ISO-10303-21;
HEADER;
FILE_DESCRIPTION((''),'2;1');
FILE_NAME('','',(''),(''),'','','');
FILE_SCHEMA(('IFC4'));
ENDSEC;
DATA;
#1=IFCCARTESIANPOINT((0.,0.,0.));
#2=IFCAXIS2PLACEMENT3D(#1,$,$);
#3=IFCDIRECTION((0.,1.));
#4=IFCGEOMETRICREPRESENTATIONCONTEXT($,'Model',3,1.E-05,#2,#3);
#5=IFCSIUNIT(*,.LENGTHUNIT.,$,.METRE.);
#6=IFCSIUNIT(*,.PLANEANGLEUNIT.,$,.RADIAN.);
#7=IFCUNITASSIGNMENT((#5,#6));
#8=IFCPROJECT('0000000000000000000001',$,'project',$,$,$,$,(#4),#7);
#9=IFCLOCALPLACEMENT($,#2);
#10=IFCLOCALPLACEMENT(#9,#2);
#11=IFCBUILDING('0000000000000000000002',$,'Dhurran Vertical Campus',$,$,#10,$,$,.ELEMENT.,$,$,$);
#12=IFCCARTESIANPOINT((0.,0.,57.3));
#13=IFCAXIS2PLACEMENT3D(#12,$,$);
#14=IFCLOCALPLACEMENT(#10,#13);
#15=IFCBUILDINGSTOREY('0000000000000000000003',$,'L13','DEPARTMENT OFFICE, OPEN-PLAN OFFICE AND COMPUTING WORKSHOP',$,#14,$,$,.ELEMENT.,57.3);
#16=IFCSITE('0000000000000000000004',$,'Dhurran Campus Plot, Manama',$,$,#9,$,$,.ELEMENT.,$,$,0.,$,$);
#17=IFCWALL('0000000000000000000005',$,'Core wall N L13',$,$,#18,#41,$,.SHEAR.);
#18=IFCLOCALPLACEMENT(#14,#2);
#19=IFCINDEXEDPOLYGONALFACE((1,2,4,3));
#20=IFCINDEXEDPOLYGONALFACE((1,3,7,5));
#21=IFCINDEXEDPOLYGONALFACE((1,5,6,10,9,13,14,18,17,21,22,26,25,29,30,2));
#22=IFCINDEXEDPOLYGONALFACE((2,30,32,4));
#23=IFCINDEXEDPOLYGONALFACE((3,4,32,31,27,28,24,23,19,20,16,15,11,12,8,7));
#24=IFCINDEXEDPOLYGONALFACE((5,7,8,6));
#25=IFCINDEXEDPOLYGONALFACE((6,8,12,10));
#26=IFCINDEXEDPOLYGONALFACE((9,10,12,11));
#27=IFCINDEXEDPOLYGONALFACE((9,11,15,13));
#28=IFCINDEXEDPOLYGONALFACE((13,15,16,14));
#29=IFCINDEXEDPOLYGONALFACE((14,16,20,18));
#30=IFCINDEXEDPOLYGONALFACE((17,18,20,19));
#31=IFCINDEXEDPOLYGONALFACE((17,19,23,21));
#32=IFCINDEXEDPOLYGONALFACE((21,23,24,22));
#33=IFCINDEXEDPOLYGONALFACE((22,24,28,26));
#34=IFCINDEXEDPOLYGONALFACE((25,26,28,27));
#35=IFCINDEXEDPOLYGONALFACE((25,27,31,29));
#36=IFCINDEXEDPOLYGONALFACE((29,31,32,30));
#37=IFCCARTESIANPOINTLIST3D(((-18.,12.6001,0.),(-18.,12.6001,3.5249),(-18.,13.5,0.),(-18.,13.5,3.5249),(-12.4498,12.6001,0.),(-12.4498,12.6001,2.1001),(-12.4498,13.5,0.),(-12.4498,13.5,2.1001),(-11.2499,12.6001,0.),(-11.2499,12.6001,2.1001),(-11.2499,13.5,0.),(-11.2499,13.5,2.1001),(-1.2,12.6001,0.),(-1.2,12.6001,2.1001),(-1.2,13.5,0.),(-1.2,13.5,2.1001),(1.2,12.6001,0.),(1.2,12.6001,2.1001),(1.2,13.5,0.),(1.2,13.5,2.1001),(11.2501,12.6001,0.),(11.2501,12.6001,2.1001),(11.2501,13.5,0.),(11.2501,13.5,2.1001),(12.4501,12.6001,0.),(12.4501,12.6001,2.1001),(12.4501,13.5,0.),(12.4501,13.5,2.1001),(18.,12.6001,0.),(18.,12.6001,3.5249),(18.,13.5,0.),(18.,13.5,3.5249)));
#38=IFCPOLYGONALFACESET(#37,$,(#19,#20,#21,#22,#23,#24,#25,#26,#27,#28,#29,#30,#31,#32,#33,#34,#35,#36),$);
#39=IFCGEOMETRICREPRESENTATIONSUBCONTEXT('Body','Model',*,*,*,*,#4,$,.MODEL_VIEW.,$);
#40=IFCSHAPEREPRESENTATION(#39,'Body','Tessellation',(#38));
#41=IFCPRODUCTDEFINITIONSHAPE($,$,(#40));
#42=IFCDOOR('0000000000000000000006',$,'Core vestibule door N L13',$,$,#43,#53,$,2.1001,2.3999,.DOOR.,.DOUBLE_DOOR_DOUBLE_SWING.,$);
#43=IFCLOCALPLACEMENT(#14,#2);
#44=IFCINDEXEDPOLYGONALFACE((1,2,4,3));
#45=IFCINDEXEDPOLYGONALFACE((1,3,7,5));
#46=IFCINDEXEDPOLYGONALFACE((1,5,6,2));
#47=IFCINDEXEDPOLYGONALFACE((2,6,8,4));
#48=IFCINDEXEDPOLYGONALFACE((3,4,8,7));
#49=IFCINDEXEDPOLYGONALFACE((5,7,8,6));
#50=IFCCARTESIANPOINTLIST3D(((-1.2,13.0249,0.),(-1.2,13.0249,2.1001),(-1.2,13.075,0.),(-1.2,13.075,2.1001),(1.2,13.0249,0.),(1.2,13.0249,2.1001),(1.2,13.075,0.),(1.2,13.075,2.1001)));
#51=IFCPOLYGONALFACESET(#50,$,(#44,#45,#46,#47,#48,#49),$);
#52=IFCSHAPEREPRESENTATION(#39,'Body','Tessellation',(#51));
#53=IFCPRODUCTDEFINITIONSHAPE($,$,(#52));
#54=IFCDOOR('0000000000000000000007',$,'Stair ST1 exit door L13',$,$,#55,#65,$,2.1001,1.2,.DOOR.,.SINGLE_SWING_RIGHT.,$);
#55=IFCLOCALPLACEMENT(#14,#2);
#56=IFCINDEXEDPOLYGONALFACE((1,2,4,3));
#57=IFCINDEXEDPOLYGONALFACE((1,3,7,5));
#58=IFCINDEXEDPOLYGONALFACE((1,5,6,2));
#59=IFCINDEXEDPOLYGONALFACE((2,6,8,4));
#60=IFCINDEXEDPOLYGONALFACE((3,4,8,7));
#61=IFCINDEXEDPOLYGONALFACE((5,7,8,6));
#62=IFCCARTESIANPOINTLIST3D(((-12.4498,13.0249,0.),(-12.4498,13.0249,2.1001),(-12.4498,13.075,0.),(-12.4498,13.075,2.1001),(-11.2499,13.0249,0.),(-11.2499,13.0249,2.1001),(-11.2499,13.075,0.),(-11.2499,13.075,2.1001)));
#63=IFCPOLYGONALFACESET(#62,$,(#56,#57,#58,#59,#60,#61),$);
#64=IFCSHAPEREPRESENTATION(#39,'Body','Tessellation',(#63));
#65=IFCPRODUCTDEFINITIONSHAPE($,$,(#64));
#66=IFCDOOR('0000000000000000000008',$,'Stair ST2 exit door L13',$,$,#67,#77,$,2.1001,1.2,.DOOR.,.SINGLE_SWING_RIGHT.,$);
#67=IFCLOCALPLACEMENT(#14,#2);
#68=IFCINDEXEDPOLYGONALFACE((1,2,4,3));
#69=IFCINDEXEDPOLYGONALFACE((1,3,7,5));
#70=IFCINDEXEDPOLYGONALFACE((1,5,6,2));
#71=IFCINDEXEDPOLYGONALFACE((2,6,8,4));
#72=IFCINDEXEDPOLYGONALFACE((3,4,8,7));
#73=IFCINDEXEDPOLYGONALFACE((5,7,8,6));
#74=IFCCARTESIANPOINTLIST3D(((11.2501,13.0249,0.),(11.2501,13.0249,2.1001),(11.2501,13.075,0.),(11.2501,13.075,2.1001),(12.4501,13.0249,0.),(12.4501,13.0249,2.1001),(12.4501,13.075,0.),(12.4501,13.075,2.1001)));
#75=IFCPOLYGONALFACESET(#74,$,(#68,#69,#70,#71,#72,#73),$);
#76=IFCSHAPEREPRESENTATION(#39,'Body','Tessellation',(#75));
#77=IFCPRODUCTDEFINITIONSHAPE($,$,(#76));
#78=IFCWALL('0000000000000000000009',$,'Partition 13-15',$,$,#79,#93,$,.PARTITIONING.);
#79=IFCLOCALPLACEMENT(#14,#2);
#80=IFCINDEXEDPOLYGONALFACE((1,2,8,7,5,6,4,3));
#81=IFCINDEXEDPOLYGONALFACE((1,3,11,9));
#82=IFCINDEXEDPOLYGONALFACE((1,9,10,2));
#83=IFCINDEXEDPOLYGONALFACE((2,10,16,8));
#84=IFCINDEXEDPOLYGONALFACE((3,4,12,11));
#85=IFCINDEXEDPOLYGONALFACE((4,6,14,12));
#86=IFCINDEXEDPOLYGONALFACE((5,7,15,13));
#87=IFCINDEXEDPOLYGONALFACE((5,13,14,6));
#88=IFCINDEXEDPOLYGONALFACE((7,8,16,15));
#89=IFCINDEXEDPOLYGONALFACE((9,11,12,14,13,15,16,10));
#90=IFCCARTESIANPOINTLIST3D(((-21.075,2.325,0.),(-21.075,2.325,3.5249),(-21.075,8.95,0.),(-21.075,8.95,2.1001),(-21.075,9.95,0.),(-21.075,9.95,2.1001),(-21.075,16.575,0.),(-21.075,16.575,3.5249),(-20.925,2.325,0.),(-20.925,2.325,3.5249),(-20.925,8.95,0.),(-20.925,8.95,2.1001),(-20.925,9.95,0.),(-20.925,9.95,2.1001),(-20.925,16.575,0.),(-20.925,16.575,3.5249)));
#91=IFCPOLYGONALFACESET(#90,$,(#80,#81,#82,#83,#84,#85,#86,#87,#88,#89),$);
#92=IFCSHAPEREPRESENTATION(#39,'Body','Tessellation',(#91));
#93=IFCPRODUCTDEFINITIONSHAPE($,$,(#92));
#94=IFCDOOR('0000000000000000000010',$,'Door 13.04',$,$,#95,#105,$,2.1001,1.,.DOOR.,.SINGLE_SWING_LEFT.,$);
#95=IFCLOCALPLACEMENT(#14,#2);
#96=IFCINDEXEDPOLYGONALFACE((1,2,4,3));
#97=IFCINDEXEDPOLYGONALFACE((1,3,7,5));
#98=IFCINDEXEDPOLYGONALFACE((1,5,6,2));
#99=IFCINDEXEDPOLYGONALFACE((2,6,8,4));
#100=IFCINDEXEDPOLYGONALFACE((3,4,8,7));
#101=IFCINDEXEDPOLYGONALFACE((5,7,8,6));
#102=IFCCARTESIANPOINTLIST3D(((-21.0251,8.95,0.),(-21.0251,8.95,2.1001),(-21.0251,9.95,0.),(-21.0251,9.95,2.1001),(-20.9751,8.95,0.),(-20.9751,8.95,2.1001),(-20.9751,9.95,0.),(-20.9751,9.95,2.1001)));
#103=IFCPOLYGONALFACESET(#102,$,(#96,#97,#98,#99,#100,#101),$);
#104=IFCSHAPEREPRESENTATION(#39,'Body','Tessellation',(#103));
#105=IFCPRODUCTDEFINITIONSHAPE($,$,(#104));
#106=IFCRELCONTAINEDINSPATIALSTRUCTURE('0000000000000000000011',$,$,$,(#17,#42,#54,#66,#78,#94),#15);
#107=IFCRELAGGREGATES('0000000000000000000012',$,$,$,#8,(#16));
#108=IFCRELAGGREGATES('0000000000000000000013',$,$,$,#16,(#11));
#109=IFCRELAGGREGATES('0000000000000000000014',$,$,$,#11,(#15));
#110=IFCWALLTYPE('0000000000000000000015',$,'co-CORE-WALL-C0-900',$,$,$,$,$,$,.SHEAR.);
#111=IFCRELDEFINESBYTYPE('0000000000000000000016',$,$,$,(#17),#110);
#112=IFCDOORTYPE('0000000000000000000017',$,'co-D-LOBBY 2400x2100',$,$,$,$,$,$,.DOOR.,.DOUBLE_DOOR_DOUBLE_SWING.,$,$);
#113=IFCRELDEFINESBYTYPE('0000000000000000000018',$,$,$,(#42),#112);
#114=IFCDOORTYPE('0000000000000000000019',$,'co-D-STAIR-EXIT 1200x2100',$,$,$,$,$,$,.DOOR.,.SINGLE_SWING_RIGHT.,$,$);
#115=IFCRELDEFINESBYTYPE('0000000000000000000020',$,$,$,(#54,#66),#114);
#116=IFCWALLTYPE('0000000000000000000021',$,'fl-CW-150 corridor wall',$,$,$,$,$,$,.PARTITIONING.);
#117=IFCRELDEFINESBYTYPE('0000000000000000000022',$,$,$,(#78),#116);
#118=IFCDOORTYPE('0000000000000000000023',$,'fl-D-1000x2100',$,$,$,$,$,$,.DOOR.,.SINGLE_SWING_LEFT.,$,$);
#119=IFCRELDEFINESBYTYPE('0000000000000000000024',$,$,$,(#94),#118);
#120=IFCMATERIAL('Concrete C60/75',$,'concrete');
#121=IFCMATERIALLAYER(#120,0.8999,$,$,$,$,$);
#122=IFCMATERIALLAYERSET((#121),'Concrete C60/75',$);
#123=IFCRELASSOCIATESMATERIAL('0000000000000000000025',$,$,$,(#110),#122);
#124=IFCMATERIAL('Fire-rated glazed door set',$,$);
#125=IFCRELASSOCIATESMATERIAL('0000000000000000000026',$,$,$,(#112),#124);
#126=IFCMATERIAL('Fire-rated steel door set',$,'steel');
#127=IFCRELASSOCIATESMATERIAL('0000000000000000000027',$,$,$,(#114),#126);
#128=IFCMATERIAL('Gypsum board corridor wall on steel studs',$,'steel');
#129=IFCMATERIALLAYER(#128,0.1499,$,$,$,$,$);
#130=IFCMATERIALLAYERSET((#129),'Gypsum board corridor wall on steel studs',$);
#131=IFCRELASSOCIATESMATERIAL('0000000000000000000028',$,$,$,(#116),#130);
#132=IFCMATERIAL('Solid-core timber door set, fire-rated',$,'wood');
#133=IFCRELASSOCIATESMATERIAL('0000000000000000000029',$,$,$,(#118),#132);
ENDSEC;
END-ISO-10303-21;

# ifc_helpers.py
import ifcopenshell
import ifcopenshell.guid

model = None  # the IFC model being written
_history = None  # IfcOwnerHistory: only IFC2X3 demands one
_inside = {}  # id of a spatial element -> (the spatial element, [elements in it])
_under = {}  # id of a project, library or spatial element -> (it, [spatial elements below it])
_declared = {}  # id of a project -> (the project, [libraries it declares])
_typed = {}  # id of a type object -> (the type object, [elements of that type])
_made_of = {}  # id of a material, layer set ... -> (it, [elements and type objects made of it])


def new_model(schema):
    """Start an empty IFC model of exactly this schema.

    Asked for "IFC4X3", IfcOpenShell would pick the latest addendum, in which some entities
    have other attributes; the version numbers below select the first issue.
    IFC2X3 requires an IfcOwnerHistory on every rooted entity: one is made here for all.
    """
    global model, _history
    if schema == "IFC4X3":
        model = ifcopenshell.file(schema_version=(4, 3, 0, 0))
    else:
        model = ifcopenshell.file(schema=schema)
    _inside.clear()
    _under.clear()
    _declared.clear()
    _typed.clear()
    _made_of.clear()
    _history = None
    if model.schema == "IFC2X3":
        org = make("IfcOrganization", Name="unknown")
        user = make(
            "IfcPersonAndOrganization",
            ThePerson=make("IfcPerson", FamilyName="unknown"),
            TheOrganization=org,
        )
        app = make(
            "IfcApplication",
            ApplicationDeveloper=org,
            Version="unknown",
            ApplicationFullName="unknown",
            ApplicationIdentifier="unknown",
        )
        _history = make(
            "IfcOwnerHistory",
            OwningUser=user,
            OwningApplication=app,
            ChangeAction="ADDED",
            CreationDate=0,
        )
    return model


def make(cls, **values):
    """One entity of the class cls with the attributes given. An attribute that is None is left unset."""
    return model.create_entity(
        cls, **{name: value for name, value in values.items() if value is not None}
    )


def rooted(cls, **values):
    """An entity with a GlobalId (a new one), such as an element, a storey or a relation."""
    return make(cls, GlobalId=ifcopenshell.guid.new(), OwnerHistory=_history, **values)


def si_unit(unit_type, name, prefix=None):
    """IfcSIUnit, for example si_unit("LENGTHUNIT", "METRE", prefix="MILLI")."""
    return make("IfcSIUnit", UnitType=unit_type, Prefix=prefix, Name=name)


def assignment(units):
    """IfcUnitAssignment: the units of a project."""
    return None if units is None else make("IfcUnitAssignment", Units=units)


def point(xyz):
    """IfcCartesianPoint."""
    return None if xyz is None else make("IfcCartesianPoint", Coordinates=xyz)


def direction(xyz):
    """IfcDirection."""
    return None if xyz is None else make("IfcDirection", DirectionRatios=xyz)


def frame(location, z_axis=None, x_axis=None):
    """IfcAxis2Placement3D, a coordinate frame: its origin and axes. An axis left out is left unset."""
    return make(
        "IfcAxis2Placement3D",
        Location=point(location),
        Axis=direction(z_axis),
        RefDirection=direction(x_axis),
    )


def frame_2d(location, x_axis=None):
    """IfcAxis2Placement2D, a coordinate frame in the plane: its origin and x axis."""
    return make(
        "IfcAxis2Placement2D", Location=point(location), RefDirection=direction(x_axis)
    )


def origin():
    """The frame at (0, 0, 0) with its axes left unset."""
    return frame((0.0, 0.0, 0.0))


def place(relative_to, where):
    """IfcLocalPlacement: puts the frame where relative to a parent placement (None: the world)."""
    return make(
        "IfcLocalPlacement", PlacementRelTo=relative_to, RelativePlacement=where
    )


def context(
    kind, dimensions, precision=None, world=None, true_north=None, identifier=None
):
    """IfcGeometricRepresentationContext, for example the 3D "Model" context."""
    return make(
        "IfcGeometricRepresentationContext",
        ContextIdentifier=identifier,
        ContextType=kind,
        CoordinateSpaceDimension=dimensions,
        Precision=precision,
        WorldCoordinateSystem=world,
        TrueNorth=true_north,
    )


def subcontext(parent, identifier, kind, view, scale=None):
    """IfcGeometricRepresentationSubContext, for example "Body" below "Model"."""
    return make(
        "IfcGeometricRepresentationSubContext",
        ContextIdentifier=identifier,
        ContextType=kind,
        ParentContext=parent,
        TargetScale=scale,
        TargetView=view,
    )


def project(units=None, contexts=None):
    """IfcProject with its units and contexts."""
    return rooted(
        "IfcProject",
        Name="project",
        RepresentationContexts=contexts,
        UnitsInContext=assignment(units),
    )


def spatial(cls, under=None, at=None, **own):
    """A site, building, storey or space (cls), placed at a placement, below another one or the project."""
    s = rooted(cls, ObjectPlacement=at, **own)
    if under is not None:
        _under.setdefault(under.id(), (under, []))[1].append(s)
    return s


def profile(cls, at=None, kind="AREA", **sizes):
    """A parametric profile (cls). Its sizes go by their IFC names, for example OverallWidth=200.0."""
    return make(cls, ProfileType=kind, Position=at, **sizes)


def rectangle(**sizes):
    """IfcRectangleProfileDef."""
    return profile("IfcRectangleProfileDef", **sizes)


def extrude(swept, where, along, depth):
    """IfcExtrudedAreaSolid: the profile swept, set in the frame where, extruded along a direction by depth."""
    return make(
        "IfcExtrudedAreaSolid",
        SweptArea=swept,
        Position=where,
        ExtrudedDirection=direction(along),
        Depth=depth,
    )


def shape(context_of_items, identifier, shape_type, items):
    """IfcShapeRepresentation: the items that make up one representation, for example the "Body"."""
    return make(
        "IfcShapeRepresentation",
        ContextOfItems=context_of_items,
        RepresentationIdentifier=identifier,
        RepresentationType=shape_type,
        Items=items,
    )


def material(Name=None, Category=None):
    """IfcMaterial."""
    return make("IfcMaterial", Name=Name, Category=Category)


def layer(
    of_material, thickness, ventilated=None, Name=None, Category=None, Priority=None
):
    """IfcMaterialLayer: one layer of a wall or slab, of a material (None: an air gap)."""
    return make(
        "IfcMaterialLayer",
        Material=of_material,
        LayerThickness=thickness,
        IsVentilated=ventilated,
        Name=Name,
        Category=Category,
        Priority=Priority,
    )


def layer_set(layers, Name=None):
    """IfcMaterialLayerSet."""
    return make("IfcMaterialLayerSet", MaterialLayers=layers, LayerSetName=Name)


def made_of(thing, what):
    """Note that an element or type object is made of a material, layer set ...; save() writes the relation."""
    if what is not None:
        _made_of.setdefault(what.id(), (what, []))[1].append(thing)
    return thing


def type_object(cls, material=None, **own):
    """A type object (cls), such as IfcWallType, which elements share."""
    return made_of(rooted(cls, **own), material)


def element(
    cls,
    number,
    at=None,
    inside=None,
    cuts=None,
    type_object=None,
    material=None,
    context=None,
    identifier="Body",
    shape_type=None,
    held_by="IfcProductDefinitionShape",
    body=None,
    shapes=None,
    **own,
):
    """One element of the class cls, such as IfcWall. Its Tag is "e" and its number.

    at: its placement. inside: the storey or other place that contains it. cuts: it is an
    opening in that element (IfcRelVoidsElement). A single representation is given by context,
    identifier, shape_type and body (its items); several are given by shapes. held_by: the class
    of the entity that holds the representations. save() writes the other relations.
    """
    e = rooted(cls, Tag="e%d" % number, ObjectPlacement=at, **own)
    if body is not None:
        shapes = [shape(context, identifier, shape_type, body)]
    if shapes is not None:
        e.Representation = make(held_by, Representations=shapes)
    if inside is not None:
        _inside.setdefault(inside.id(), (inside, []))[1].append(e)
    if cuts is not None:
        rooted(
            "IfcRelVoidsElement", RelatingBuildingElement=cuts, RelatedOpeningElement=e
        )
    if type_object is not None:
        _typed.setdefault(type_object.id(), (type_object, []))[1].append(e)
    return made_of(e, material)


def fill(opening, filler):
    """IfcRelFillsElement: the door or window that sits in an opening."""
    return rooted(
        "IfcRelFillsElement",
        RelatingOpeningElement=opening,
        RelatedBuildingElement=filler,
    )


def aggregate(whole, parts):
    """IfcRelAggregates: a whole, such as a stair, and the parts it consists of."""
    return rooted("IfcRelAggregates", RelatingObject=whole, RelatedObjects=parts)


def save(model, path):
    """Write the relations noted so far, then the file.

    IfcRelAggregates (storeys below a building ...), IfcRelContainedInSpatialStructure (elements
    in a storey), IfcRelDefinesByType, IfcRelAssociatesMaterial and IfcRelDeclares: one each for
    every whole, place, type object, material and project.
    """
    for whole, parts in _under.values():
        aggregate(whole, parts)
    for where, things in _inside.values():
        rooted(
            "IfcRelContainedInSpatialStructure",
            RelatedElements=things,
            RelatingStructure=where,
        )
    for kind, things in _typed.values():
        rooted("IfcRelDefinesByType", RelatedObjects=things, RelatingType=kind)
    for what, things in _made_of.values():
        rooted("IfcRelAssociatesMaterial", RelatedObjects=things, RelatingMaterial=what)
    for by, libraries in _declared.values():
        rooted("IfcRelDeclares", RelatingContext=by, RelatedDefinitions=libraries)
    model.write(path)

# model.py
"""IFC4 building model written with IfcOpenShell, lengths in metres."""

from ifc_helpers import new_model, si_unit, direction, frame, frame_2d, origin, place, context, subcontext, project, spatial, rectangle, extrude, material, layer, layer_set, type_object, element, fill, save


model = new_model("IFC4")

# Units and contexts
model_context = context("Model", 3, precision=1e-05, world=origin(), true_north=direction((0.0, 1.0)))
body_context = subcontext(model_context, "Body", "Model", "MODEL_VIEW")
ifc_project = project(units=[si_unit("LENGTHUNIT", "METRE"), si_unit("PLANEANGLEUNIT", "RADIAN")], contexts=[model_context])

# Site, building, storey
site_placement = place(None, origin())
site = spatial("IfcSite", under=ifc_project, at=site_placement, Name="Dhurran Campus Plot, Manama", CompositionType="ELEMENT", RefElevation=0.0)
building_placement = place(site_placement, origin())
building = spatial("IfcBuilding", under=site, at=building_placement, Name="Dhurran Vertical Campus", CompositionType="ELEMENT")
storey_placement = place(building_placement, frame((0.0, 0.0, 57.3)))
storey = spatial("IfcBuildingStorey", under=building, at=storey_placement, Name="L13", Description="DEPARTMENT OFFICE, OPEN-PLAN OFFICE AND COMPUTING WORKSHOP", CompositionType="ELEMENT", Elevation=57.3)

# Wall, openings, doors
ifc_material_1 = material(Name="Concrete C60/75", Category="concrete")
ifc_layer_1 = layer(ifc_material_1, 0.8999)
ifc_layer_set_1 = layer_set([ifc_layer_1], Name="Concrete C60/75")
wall_type_1 = type_object("IfcWallType", Name="co-CORE-WALL-C0-900", PredefinedType="SHEAR", material=ifc_layer_set_1)
wall_1_placement = place(storey_placement, frame((-18.0, 13.05, 0.0), z_axis=(0.0, 0.0, 1.0), x_axis=(1.0, 0.0, 0.0)))
wall_1 = element("IfcWall", 1, at=wall_1_placement, inside=storey, type_object=wall_type_1, Name="Core wall N L13", PredefinedType="SHEAR", context=body_context, shape_type="SweptSolid", body=[
    extrude(rectangle(XDim=36.0, YDim=0.8999, at=frame_2d((18.0, 0.0))), origin(), (0.0, 0.0, 1.0), 3.5249),
])
opening_1_placement = place(wall_1_placement, frame((16.8, 0.0, 0.0)))
opening_1 = element("IfcOpeningElement", 2, at=opening_1_placement, cuts=wall_1, PredefinedType="OPENING", context=body_context, shape_type="SweptSolid", body=[
    extrude(rectangle(XDim=2.3999, YDim=2.1001, at=frame_2d((1.2, 1.05))), frame((0.0, 0.46, 0.0), z_axis=(0.0, -1.0, 0.0), x_axis=(1.0, 0.0, 0.0)), (0.0, 0.0, 1.0), 0.9199),
])
opening_2_placement = place(wall_1_placement, frame((5.55, 0.0, 0.0)))
opening_2 = element("IfcOpeningElement", 3, at=opening_2_placement, cuts=wall_1, PredefinedType="OPENING", context=body_context, shape_type="SweptSolid", body=[
    extrude(rectangle(XDim=1.2, YDim=2.1001, at=frame_2d((0.6001, 1.05))), frame((0.0, 0.46, 0.0), z_axis=(0.0, -1.0, 0.0), x_axis=(1.0, 0.0, 0.0)), (0.0, 0.0, 1.0), 0.9199),
])
opening_3_placement = place(wall_1_placement, frame((29.25, 0.0, 0.0)))
opening_3 = element("IfcOpeningElement", 4, at=opening_3_placement, cuts=wall_1, PredefinedType="OPENING", context=body_context, shape_type="SweptSolid", body=[
    extrude(rectangle(XDim=1.2, YDim=2.1001, at=frame_2d((0.6001, 1.05))), frame((0.0, 0.46, 0.0), z_axis=(0.0, -1.0, 0.0), x_axis=(1.0, 0.0, 0.0)), (0.0, 0.0, 1.0), 0.9199),
])
ifc_material_2 = material(Name="Fire-rated glazed door set")
door_type_1 = type_object("IfcDoorType", Name="co-D-LOBBY 2400x2100", OperationType="DOUBLE_DOOR_DOUBLE_SWING", PredefinedType="DOOR", material=ifc_material_2)
door_1_placement = place(opening_1_placement, origin())
door_1 = element("IfcDoor", 5, at=door_1_placement, inside=storey, type_object=door_type_1, Name="Core vestibule door N L13", OperationType="DOUBLE_DOOR_DOUBLE_SWING", OverallHeight=2.1001, OverallWidth=2.3999, PredefinedType="DOOR", context=body_context, shape_type="SweptSolid", body=[
    extrude(rectangle(XDim=2.3999, YDim=2.1001, at=frame_2d((1.2, 1.05))), frame((0.0, 0.0249, 0.0), z_axis=(0.0, -1.0, 0.0), x_axis=(1.0, 0.0, 0.0)), (0.0, 0.0, 1.0), 0.05),
])
fill(opening_1, door_1)
ifc_material_3 = material(Name="Fire-rated steel door set", Category="steel")
door_type_2 = type_object("IfcDoorType", Name="co-D-STAIR-EXIT 1200x2100", OperationType="SINGLE_SWING_RIGHT", PredefinedType="DOOR", material=ifc_material_3)
door_2_placement = place(opening_2_placement, origin())
door_2 = element("IfcDoor", 6, at=door_2_placement, inside=storey, type_object=door_type_2, Name="Stair ST1 exit door L13", OperationType="SINGLE_SWING_RIGHT", OverallHeight=2.1001, OverallWidth=1.2, PredefinedType="DOOR", context=body_context, shape_type="SweptSolid", body=[
    extrude(rectangle(XDim=1.2, YDim=2.1001, at=frame_2d((0.6001, 1.05))), frame((0.0, 0.0249, 0.0), z_axis=(0.0, -1.0, 0.0), x_axis=(1.0, 0.0, 0.0)), (0.0, 0.0, 1.0), 0.05),
])
fill(opening_2, door_2)
door_3_placement = place(opening_3_placement, origin())
door_3 = element("IfcDoor", 7, at=door_3_placement, inside=storey, type_object=door_type_2, Name="Stair ST2 exit door L13", OperationType="SINGLE_SWING_RIGHT", OverallHeight=2.1001, OverallWidth=1.2, PredefinedType="DOOR", context=body_context, shape_type="SweptSolid", body=[
    extrude(rectangle(XDim=1.2, YDim=2.1001, at=frame_2d((0.6001, 1.05))), frame((0.0, 0.0249, 0.0), z_axis=(0.0, -1.0, 0.0), x_axis=(1.0, 0.0, 0.0)), (0.0, 0.0, 1.0), 0.05),
])
fill(opening_3, door_3)

# Wall, opening, door
ifc_material_4 = material(Name="Gypsum board corridor wall on steel studs", Category="steel")
ifc_layer_2 = layer(ifc_material_4, 0.1499)
ifc_layer_set_2 = layer_set([ifc_layer_2], Name="Gypsum board corridor wall on steel studs")
wall_type_2 = type_object("IfcWallType", Name="fl-CW-150 corridor wall", PredefinedType="PARTITIONING", material=ifc_layer_set_2)
wall_2_placement = place(storey_placement, frame((-21.0, 16.575, 0.0), z_axis=(0.0, 0.0, 1.0), x_axis=(0.0, -1.0, 0.0)))
wall_2 = element("IfcWall", 8, at=wall_2_placement, inside=storey, type_object=wall_type_2, Name="Partition 13-15", PredefinedType="PARTITIONING", context=body_context, shape_type="SweptSolid", body=[
    extrude(rectangle(XDim=14.25, YDim=0.1499, at=frame_2d((7.125, 0.0))), origin(), (0.0, 0.0, 1.0), 3.5249),
])
opening_4_placement = place(wall_2_placement, frame((6.625, 0.0, 0.0)))
opening_4 = element("IfcOpeningElement", 9, at=opening_4_placement, cuts=wall_2, PredefinedType="OPENING", context=body_context, shape_type="SweptSolid", body=[
    extrude(rectangle(XDim=1.0, YDim=2.1001, at=frame_2d((0.5, 1.05))), frame((0.0, 0.085, 0.0), z_axis=(0.0, -1.0, 0.0), x_axis=(1.0, 0.0, 0.0)), (0.0, 0.0, 1.0), 0.1699),
])
ifc_material_5 = material(Name="Solid-core timber door set, fire-rated", Category="wood")
door_type_3 = type_object("IfcDoorType", Name="fl-D-1000x2100", OperationType="SINGLE_SWING_LEFT", PredefinedType="DOOR", material=ifc_material_5)
door_4_placement = place(opening_4_placement, origin())
door_4 = element("IfcDoor", 10, at=door_4_placement, inside=storey, type_object=door_type_3, Name="Door 13.04", OperationType="SINGLE_SWING_LEFT", OverallHeight=2.1001, OverallWidth=1.0, PredefinedType="DOOR", context=body_context, shape_type="SweptSolid", body=[
    extrude(rectangle(XDim=1.0, YDim=2.1001, at=frame_2d((0.5, 1.05))), frame((0.0, 0.0249, 0.0), z_axis=(0.0, -1.0, 0.0), x_axis=(1.0, 0.0, 0.0)), (0.0, 0.0, 1.0), 0.05),
])
fill(opening_4, door_4)

save(model, "model.ifc")
